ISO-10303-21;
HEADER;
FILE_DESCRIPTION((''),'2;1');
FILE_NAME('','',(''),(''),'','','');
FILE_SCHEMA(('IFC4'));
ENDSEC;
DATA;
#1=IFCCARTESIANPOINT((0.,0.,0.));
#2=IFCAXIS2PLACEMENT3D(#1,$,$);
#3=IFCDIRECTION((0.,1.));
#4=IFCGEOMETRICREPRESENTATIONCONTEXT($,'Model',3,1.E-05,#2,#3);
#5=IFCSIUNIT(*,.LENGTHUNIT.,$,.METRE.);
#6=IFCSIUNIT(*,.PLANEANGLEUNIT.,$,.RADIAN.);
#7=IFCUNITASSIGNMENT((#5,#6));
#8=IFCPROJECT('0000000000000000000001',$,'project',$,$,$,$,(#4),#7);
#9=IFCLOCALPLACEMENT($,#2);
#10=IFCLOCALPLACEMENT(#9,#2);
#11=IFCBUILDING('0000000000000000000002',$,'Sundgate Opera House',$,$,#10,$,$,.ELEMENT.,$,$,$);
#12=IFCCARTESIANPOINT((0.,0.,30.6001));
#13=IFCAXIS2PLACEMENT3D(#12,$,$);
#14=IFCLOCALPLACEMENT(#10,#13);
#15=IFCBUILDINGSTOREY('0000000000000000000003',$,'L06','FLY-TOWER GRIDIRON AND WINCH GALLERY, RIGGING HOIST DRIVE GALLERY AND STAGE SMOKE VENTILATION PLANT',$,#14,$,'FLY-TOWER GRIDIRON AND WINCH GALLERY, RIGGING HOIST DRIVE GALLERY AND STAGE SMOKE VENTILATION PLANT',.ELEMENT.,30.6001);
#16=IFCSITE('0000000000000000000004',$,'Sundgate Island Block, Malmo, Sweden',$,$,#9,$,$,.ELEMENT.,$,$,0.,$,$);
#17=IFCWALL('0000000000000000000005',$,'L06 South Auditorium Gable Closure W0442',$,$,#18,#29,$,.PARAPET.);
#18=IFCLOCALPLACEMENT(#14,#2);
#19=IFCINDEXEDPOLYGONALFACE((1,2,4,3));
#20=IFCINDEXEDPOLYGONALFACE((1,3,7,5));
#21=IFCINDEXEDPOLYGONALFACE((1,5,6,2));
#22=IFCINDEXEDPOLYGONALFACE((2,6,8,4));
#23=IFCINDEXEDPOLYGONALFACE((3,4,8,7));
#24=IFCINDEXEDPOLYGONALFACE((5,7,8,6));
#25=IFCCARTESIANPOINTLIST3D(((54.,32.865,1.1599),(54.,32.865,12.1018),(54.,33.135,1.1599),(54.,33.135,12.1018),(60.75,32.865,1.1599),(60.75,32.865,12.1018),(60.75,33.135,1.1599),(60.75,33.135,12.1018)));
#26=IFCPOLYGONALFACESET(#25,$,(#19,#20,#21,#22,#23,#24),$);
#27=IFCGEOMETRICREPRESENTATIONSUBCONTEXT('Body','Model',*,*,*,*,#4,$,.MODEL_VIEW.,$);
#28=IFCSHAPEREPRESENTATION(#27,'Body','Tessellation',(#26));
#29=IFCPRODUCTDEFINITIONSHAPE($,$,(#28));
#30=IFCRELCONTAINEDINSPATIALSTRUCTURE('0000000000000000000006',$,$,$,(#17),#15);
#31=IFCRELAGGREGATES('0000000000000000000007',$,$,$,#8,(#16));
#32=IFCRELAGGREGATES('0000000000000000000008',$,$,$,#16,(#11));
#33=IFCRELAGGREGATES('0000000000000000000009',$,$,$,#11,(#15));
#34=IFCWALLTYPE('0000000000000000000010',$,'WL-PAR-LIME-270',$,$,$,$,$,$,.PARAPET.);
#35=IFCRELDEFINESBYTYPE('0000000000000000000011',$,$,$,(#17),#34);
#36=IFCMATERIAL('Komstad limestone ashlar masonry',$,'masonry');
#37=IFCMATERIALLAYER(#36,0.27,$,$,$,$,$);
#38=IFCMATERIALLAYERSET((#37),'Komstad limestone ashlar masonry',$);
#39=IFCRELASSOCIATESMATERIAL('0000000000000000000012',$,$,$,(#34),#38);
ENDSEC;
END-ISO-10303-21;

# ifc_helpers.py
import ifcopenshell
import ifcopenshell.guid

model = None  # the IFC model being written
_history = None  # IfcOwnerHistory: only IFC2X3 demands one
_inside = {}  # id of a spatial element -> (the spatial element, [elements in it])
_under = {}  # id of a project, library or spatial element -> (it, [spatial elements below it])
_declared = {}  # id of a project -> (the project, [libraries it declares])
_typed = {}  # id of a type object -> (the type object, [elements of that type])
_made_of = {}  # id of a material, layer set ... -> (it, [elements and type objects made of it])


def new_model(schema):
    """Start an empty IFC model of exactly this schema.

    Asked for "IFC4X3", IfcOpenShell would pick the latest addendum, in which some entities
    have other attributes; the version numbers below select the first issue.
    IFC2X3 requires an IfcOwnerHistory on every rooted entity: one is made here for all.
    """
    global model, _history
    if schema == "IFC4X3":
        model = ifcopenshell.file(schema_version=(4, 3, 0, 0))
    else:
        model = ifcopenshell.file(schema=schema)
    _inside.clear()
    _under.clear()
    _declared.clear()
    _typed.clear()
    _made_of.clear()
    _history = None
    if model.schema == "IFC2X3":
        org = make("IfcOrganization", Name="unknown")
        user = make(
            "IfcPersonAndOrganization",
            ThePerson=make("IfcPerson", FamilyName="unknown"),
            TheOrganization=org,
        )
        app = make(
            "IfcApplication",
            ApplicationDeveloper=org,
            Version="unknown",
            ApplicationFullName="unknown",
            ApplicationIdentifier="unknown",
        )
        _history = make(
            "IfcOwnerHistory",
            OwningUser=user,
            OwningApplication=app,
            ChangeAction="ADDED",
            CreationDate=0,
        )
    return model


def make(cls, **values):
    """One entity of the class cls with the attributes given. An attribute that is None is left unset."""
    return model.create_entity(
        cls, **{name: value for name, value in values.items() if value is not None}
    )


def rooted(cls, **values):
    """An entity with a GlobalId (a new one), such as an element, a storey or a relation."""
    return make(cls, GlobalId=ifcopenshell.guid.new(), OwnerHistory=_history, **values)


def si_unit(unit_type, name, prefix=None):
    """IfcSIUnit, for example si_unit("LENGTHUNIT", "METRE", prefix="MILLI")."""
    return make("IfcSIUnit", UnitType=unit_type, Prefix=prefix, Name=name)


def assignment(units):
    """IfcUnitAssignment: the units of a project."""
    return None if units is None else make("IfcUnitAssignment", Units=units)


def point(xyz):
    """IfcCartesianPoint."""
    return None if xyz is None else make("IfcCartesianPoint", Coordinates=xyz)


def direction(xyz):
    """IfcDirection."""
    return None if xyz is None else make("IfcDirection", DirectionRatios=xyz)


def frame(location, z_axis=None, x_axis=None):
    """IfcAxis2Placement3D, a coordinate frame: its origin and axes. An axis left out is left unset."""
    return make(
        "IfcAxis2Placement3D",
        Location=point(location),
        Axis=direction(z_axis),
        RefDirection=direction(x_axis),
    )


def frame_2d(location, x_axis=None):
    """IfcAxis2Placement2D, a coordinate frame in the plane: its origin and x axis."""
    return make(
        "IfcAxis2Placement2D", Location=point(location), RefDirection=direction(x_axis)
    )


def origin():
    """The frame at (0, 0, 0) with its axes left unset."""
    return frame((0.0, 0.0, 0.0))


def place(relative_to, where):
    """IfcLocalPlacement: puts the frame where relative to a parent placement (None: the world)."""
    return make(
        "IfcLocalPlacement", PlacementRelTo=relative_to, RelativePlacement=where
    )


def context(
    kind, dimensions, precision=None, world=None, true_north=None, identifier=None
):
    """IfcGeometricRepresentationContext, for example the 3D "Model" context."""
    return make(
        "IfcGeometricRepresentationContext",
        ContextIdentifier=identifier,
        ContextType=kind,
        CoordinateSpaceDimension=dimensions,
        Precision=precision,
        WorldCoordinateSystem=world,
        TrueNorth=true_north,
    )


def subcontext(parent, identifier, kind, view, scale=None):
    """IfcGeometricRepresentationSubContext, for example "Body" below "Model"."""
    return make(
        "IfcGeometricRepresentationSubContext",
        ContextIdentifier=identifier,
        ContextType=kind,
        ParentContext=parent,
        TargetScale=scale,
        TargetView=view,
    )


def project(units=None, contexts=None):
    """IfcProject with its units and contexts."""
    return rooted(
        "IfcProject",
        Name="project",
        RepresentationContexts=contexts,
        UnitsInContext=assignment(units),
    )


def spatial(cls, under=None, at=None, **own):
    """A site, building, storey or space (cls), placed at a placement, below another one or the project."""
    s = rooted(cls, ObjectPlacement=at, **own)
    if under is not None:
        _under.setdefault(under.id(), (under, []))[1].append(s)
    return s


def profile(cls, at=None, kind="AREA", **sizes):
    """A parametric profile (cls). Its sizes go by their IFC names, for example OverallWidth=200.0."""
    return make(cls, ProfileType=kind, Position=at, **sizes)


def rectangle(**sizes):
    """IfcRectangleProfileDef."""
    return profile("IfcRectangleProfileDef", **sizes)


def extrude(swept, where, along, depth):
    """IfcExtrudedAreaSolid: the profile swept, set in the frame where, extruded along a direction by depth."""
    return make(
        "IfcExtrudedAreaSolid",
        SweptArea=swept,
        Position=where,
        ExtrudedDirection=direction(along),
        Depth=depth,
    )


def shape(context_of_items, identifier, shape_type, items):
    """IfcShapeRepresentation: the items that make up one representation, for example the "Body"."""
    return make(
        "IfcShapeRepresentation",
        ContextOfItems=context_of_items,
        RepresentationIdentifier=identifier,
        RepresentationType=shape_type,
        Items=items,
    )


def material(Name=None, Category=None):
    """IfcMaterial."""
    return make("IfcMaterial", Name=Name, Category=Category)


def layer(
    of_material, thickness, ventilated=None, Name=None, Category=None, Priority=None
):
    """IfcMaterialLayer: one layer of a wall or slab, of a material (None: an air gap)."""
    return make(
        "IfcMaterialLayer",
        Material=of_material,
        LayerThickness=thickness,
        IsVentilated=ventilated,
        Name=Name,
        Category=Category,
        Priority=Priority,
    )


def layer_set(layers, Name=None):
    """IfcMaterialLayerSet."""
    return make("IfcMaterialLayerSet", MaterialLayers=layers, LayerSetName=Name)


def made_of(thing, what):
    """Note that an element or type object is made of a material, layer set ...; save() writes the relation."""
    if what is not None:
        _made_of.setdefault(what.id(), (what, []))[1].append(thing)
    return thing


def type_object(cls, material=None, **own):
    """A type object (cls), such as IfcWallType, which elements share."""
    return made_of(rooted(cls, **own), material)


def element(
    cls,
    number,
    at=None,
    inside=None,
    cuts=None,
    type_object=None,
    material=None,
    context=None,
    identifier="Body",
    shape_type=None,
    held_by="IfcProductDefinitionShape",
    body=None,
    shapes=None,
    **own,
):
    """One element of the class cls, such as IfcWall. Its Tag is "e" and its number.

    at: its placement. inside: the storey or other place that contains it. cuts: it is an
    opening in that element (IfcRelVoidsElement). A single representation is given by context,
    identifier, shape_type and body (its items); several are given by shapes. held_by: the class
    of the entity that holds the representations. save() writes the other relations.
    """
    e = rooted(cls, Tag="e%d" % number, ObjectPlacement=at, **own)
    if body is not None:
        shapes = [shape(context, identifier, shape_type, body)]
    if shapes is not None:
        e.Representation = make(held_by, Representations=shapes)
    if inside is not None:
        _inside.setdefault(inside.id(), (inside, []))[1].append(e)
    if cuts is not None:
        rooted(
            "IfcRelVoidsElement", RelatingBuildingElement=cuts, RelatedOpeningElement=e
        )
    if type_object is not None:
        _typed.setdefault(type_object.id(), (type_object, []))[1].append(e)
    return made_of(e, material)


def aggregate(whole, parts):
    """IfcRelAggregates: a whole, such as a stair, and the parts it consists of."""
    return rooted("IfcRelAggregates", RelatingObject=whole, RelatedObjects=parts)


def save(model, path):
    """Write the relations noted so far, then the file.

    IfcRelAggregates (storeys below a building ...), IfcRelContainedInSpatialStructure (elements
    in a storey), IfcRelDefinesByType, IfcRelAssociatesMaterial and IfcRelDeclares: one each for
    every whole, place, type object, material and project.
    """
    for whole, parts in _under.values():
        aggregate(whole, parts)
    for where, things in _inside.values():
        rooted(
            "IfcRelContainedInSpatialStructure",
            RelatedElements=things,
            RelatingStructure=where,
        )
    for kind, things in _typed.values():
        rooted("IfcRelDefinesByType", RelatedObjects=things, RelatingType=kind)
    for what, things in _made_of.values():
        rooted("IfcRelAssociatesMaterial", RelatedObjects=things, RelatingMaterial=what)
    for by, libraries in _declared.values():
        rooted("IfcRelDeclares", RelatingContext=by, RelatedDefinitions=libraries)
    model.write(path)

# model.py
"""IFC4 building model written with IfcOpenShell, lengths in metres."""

from ifc_helpers import new_model, si_unit, direction, frame, frame_2d, origin, place, context, subcontext, project, spatial, rectangle, extrude, material, layer, layer_set, type_object, element, save


model = new_model("IFC4")

# Units and contexts
model_context = context("Model", 3, precision=1e-05, world=origin(), true_north=direction((0.0, 1.0)))
body_context = subcontext(model_context, "Body", "Model", "MODEL_VIEW")
ifc_project = project(units=[si_unit("LENGTHUNIT", "METRE"), si_unit("PLANEANGLEUNIT", "RADIAN")], contexts=[model_context])

# Site, building, storey
site_placement = place(None, origin())
site = spatial("IfcSite", under=ifc_project, at=site_placement, Name="Sundgate Island Block, Malmo, Sweden", CompositionType="ELEMENT", RefElevation=0.0)
building_placement = place(site_placement, origin())
building = spatial("IfcBuilding", under=site, at=building_placement, Name="Sundgate Opera House", CompositionType="ELEMENT")
storey_placement = place(building_placement, frame((0.0, 0.0, 30.6001)))
storey = spatial("IfcBuildingStorey", under=building, at=storey_placement, Name="L06", Description="FLY-TOWER GRIDIRON AND WINCH GALLERY, RIGGING HOIST DRIVE GALLERY AND STAGE SMOKE VENTILATION PLANT", LongName="FLY-TOWER GRIDIRON AND WINCH GALLERY, RIGGING HOIST DRIVE GALLERY AND STAGE SMOKE VENTILATION PLANT", CompositionType="ELEMENT", Elevation=30.6001)

# Wall
ifc_material_1 = material(Name="Komstad limestone ashlar masonry", Category="masonry")
ifc_layer_1 = layer(ifc_material_1, 0.27)
ifc_layer_set_1 = layer_set([ifc_layer_1], Name="Komstad limestone ashlar masonry")
wall_type = type_object("IfcWallType", Name="WL-PAR-LIME-270", PredefinedType="PARAPET", material=ifc_layer_set_1)
wall_placement = place(storey_placement, frame((54.0, 33.0, 1.1599), z_axis=(0.0, 0.0, 1.0), x_axis=(1.0, 0.0, 0.0)))
element("IfcWall", 1, at=wall_placement, inside=storey, type_object=wall_type, Name="L06 South Auditorium Gable Closure W0442", PredefinedType="PARAPET", context=body_context, shape_type="SweptSolid", body=[
    extrude(rectangle(XDim=6.75, YDim=0.27, at=frame_2d((3.375, 0.0))), origin(), (0.0, 0.0, 1.0), 10.9419),
])

save(model, "model.ifc")
